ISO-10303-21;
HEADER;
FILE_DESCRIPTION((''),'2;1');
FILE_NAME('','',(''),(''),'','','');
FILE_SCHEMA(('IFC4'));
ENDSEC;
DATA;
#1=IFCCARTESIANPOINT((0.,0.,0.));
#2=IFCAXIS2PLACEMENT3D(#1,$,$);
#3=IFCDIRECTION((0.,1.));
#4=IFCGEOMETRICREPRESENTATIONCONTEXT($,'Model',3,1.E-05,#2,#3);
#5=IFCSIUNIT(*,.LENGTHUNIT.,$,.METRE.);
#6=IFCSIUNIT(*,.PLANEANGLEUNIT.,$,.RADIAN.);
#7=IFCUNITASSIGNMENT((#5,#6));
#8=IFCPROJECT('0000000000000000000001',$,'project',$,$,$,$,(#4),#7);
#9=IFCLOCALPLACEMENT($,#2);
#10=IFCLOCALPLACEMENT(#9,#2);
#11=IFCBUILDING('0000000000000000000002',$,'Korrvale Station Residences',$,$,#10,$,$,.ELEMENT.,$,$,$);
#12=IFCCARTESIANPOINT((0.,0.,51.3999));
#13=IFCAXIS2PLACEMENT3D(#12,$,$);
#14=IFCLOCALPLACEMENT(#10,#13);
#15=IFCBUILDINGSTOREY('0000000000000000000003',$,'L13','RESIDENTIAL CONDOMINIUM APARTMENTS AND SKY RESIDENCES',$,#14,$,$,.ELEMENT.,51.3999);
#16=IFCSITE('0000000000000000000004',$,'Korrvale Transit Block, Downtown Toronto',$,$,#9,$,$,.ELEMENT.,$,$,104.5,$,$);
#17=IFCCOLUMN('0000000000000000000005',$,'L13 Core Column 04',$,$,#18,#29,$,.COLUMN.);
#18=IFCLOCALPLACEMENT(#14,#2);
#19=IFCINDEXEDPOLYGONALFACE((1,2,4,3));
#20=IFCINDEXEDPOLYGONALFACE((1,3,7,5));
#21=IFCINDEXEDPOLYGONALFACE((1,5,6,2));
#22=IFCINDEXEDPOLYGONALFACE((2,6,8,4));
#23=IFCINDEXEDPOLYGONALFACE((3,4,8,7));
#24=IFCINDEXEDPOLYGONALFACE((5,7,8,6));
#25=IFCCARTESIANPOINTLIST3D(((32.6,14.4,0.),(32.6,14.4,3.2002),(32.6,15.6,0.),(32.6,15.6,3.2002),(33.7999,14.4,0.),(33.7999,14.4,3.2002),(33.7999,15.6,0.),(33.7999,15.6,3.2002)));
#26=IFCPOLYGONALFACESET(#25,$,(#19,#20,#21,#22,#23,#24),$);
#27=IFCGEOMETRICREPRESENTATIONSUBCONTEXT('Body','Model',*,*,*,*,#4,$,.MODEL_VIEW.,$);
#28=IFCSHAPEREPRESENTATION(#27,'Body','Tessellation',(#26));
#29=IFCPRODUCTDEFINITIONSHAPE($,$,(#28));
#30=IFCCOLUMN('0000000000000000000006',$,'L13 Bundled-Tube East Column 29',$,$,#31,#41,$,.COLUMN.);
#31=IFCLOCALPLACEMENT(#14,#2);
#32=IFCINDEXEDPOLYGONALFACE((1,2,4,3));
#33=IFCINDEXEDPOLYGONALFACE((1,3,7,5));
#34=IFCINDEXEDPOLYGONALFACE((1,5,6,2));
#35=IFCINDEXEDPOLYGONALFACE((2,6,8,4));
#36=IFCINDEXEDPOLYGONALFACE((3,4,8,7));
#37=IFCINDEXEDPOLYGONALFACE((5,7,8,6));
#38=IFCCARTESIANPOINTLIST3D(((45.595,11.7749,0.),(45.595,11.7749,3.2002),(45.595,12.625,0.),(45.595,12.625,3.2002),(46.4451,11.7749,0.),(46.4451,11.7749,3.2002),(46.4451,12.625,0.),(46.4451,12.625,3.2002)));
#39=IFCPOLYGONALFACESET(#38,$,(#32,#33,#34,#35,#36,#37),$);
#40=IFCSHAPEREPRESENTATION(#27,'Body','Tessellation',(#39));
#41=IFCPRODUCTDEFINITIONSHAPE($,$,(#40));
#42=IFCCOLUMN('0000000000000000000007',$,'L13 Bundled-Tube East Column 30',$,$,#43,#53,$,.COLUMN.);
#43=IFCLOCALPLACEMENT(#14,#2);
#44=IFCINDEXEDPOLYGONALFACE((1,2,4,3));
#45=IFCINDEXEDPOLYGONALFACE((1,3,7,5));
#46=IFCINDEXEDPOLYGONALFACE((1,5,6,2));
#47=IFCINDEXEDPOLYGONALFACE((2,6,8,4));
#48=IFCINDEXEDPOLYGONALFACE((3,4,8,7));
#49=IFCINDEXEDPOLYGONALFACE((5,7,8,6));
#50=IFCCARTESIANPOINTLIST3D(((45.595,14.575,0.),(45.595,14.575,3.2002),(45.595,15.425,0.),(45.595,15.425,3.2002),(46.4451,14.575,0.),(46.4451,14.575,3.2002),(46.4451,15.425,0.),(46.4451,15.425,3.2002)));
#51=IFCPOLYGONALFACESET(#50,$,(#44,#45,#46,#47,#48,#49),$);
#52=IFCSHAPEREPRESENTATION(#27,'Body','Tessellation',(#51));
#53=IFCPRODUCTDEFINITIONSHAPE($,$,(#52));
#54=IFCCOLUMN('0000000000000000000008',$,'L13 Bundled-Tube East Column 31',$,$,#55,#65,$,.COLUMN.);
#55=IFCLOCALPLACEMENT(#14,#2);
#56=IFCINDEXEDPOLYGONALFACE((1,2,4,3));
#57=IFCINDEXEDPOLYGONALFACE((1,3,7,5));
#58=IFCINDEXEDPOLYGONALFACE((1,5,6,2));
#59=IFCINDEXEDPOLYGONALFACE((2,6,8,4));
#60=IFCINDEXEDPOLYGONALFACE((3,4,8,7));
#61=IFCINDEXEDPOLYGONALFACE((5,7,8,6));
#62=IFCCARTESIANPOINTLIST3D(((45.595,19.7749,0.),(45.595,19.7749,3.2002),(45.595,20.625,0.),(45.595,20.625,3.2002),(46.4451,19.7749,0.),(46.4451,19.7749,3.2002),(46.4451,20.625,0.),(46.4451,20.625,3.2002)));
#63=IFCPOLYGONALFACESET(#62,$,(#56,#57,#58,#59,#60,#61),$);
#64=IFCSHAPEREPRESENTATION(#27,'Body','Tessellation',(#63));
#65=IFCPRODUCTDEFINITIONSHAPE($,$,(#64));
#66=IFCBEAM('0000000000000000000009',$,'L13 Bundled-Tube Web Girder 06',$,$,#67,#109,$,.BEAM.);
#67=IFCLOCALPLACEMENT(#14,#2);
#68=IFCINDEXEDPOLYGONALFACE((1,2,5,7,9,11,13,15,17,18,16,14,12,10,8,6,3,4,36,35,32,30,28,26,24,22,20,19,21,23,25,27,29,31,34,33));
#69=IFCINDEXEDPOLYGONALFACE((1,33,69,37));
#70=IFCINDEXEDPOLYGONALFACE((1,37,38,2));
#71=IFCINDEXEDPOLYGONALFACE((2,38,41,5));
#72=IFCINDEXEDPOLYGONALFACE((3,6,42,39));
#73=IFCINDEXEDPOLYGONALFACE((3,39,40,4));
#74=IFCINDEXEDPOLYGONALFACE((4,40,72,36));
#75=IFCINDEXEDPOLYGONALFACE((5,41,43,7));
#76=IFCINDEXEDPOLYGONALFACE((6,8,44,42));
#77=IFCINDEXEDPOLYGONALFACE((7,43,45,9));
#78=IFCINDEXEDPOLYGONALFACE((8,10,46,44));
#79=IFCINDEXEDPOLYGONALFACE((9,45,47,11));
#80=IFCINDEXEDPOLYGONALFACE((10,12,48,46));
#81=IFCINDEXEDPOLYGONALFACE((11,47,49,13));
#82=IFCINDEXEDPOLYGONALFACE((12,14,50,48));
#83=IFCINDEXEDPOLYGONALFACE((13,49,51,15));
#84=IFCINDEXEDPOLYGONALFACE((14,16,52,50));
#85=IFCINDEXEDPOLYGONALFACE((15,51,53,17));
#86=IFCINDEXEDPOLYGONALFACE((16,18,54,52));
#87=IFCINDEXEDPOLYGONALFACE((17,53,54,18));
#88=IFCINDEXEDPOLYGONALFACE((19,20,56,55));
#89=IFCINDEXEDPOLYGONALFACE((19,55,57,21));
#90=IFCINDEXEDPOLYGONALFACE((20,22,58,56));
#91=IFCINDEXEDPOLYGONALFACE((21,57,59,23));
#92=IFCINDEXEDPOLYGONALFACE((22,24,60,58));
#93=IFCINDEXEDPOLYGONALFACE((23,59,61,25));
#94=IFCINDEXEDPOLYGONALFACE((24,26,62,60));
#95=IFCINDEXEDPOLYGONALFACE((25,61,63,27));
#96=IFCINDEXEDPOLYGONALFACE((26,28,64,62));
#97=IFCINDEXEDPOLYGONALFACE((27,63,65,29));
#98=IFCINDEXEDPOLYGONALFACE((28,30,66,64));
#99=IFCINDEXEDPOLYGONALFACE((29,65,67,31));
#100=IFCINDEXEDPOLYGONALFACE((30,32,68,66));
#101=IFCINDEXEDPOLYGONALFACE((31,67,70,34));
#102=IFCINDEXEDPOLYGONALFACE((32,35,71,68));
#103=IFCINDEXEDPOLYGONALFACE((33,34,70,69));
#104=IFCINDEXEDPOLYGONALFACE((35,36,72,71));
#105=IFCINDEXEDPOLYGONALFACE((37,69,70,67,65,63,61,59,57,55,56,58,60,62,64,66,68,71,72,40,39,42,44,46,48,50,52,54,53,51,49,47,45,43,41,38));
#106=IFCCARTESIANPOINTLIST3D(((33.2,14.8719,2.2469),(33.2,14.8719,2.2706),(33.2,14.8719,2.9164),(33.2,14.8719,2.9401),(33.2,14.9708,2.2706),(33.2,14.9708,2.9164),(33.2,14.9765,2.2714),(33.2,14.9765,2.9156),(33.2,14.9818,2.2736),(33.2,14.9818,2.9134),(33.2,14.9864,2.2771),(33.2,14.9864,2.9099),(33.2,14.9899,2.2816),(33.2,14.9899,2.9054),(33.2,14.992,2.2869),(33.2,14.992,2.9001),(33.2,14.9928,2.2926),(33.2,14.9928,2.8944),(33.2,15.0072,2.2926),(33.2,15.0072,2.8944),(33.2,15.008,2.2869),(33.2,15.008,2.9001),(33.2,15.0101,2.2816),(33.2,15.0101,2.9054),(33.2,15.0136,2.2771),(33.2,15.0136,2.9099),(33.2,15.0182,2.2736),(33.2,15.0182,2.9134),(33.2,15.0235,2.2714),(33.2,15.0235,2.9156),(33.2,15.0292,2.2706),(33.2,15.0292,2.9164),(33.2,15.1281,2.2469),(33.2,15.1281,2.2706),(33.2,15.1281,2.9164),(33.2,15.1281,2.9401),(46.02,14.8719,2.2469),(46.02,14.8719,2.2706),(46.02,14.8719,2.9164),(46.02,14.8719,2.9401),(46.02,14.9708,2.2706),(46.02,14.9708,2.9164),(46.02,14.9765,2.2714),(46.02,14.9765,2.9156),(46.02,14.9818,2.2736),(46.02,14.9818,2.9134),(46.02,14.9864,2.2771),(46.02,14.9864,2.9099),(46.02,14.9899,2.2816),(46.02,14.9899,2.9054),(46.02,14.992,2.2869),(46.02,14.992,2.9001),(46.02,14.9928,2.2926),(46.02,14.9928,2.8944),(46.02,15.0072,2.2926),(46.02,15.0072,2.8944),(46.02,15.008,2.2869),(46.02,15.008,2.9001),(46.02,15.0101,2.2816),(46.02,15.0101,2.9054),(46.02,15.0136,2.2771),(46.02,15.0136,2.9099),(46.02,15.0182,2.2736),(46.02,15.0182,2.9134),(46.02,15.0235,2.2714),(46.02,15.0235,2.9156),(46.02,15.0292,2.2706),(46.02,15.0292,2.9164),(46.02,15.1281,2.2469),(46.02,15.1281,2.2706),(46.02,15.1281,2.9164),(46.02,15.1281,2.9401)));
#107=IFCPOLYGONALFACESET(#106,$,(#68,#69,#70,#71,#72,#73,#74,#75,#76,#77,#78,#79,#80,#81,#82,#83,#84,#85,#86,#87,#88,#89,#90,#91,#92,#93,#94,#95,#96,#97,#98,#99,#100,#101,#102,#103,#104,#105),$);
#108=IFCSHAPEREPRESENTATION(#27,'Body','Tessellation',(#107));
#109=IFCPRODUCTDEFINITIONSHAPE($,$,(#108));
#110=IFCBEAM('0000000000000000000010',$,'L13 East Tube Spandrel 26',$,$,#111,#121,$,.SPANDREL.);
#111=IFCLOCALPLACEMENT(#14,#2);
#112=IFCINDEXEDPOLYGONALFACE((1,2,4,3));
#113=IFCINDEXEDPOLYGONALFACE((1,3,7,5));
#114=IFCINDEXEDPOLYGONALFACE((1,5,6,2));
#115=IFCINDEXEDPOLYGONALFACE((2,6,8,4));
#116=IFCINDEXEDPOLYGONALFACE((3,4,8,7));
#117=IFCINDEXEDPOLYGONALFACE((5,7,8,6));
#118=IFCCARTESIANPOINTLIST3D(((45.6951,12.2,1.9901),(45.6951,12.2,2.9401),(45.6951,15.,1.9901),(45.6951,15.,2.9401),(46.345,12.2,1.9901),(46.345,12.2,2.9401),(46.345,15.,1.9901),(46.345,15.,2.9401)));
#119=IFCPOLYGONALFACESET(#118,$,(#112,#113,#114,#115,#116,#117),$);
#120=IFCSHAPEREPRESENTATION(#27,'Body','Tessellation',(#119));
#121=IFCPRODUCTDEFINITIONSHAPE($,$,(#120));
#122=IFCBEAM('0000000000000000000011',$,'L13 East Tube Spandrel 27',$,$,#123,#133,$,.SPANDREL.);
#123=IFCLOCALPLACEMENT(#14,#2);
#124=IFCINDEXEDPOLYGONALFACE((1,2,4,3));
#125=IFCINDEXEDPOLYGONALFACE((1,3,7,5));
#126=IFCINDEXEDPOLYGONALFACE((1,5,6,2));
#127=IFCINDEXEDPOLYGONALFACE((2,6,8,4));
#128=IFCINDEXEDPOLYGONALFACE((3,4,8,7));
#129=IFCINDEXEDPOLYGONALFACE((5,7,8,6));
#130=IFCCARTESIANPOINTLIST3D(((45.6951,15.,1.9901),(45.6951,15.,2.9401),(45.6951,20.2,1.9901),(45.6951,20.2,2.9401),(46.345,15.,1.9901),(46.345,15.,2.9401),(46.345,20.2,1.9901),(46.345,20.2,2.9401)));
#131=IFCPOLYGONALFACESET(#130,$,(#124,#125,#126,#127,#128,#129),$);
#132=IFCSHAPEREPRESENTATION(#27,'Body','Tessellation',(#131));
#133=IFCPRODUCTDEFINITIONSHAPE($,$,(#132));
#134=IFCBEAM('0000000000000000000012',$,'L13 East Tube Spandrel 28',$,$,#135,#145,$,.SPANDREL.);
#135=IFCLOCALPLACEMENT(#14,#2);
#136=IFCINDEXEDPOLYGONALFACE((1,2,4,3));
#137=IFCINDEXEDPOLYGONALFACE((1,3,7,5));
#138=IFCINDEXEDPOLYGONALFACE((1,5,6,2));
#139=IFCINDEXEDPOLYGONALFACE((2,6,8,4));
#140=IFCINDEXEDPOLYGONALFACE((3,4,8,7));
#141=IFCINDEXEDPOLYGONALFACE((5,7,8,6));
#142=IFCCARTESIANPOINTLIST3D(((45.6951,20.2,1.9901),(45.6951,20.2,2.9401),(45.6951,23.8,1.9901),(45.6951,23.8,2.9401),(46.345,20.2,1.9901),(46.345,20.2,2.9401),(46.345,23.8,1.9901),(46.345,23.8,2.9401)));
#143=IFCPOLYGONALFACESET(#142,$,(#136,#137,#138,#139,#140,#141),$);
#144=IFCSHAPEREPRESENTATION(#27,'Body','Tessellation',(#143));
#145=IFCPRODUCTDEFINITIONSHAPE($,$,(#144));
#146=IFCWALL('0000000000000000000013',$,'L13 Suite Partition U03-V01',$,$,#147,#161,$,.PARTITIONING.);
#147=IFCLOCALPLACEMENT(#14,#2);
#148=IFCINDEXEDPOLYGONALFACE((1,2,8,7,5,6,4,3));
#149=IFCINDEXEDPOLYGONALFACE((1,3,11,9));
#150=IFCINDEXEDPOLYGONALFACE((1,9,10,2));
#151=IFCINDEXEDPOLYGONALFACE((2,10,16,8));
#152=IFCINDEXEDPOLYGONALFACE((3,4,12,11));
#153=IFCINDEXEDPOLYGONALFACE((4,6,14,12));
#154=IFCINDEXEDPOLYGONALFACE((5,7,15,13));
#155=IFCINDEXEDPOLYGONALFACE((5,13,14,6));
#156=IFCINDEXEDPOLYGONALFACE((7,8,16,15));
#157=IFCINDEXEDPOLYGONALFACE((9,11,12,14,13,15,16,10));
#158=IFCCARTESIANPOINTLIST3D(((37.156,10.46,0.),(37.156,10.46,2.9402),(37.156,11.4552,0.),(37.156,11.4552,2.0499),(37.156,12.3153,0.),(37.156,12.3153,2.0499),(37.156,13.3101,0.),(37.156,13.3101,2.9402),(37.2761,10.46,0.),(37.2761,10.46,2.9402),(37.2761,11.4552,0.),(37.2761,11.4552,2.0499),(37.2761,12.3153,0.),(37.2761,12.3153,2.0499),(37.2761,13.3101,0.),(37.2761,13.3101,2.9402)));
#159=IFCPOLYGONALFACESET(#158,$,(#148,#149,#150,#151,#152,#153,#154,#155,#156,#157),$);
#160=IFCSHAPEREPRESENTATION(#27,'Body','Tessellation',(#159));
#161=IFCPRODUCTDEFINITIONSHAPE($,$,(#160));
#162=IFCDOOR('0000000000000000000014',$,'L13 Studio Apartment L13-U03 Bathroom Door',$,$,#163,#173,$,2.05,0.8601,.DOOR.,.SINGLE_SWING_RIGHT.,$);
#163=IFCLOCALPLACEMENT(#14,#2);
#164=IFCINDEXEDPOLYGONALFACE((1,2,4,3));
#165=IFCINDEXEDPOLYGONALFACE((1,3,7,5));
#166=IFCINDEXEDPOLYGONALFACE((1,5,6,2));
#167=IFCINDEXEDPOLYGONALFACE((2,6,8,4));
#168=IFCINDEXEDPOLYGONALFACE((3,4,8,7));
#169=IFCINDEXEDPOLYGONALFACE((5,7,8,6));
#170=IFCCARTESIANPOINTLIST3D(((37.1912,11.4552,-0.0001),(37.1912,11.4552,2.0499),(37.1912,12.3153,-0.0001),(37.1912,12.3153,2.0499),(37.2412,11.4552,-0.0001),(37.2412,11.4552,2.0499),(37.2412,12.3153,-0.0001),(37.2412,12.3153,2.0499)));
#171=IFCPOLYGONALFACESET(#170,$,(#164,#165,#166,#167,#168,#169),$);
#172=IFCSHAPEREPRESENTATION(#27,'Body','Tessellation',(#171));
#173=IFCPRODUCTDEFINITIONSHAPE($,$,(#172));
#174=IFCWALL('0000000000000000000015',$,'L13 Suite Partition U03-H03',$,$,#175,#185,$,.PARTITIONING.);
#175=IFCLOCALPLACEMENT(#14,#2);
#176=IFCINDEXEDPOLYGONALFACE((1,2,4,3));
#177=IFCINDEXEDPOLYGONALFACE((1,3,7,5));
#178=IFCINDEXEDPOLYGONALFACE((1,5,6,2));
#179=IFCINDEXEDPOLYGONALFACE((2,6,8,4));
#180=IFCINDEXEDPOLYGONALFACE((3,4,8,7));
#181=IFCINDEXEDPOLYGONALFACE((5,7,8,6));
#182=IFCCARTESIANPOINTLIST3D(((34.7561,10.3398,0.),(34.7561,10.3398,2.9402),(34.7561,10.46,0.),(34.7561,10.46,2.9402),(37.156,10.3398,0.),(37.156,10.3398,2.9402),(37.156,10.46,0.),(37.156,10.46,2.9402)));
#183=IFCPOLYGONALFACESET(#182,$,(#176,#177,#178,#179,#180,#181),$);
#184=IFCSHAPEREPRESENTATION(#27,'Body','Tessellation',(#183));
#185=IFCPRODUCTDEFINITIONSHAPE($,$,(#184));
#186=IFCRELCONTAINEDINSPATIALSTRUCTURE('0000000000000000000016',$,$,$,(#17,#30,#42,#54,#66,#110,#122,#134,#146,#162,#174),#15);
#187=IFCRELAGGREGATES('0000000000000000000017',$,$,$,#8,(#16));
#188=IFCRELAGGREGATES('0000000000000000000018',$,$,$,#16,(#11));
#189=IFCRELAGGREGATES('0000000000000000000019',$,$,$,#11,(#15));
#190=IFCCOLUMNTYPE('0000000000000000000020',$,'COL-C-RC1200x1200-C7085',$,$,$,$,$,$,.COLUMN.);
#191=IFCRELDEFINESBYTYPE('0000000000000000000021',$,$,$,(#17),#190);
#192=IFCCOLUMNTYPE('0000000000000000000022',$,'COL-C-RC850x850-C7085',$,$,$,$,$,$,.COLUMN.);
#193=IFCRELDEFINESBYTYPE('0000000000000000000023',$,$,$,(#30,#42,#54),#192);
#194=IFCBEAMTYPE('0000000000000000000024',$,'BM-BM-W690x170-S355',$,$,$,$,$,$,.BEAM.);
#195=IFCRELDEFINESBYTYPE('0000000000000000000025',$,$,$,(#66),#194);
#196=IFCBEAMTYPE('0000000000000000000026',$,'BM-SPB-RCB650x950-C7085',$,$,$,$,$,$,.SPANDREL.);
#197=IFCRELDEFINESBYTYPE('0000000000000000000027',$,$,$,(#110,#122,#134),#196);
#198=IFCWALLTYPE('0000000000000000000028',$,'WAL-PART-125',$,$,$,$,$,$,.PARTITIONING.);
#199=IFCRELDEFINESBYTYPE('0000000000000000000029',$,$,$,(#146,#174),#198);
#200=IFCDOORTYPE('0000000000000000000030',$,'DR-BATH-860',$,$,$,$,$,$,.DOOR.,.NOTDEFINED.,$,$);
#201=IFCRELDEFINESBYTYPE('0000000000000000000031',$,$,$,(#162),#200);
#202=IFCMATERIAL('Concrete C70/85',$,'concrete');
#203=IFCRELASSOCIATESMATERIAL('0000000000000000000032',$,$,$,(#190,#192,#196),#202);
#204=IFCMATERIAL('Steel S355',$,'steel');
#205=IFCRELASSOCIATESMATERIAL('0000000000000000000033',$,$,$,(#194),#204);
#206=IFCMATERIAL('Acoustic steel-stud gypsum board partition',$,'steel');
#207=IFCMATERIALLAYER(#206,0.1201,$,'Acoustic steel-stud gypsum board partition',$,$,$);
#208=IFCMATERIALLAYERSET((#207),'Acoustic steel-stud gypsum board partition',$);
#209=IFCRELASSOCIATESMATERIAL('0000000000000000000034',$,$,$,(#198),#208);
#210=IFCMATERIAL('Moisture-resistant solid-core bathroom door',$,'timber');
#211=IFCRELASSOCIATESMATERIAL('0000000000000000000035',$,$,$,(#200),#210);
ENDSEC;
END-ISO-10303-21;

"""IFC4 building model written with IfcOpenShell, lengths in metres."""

from ifc_helpers import new_model, si_unit, direction, frame, frame_2d, origin, origin_2d, place, context, subcontext, project, spatial, rectangle, i_section, extrude, material, layer, layer_set, material_profile, profile_set, type_object, element, fill, save


model = new_model("IFC4")

# Units and contexts
model_context = context("Model", 3, precision=1e-05, world=origin(), true_north=direction((0.0, 1.0)))
body_context = subcontext(model_context, "Body", "Model", "MODEL_VIEW")
ifc_project = project(units=[si_unit("LENGTHUNIT", "METRE"), si_unit("PLANEANGLEUNIT", "RADIAN")], contexts=[model_context])

# Site, building, storey
site_placement = place(None, origin())
site = spatial("IfcSite", under=ifc_project, at=site_placement, Name="Korrvale Transit Block, Downtown Toronto", CompositionType="ELEMENT", RefElevation=104.5)
building_placement = place(site_placement, origin())
building = spatial("IfcBuilding", under=site, at=building_placement, Name="Korrvale Station Residences", CompositionType="ELEMENT")
storey_placement = place(building_placement, frame((0.0, 0.0, 51.3999)))
storey = spatial("IfcBuildingStorey", under=building, at=storey_placement, Name="L13", Description="RESIDENTIAL CONDOMINIUM APARTMENTS AND SKY RESIDENCES", CompositionType="ELEMENT", Elevation=51.3999)

# Columns
ifc_material_1 = material(Name="Concrete C70/85", Category="concrete")
ifc_material_profile_1 = material_profile(ifc_material_1, rectangle(XDim=1.2, YDim=1.2, at=origin_2d()), Name="RC1200x1200")
ifc_profile_set_1 = profile_set([ifc_material_profile_1], Name="Concrete C70/85")
column_type_1 = type_object("IfcColumnType", Name="COL-C-RC1200x1200-C7085", PredefinedType="COLUMN", material=ifc_profile_set_1)
column_placement = place(storey_placement, frame((33.2, 15.0, 0.0), z_axis=(0.0, 0.0, 1.0), x_axis=(1.0, 0.0, 0.0)))
element("IfcColumn", 1, at=column_placement, inside=storey, type_object=column_type_1, Name="L13 Core Column 04", PredefinedType="COLUMN", context=body_context, shape_type="SweptSolid", body=[
    extrude(rectangle(XDim=1.2, YDim=1.2, at=origin_2d()), origin(), (0.0, 0.0, 1.0), 3.2002),
])
ifc_material_profile_2 = material_profile(ifc_material_1, rectangle(XDim=0.8501, YDim=0.8501, at=origin_2d()), Name="RC850x850")
ifc_profile_set_2 = profile_set([ifc_material_profile_2], Name="Concrete C70/85")
column_type_2 = type_object("IfcColumnType", Name="COL-C-RC850x850-C7085", PredefinedType="COLUMN", material=ifc_profile_set_2)
for number, where, z_axis, x_axis, name in (
    (2, (46.02, 12.2, 0.0), (0.0, 0.0, 1.0), (1.0, 0.0, 0.0), "L13 Bundled-Tube East Column 29"),
    (3, (46.02, 15.0, 0.0), (0.0, 0.0, 1.0), (1.0, 0.0, 0.0), "L13 Bundled-Tube East Column 30"),
    (4, (46.02, 20.2, 0.0), (0.0, 0.0, 1.0), (1.0, 0.0, 0.0), "L13 Bundled-Tube East Column 31"),
):
    element("IfcColumn", number, at=place(storey_placement, frame(where, z_axis=z_axis, x_axis=x_axis)), inside=storey, type_object=column_type_2, Name=name, PredefinedType="COLUMN", context=body_context, shape_type="SweptSolid", body=[
        extrude(rectangle(XDim=0.8501, YDim=0.8501, at=origin_2d()), origin(), (0.0, 0.0, 1.0), 3.2002),
    ])

# Beams
ifc_material_2 = material(Name="Steel S355", Category="steel")
ifc_material_profile_3 = material_profile(ifc_material_2, i_section(OverallWidth=0.2561, OverallDepth=0.6931, WebThickness=0.0144, FlangeThickness=0.0237, FilletRadius=0.022, at=origin_2d()), Name="W690x170")
ifc_profile_set_3 = profile_set([ifc_material_profile_3], Name="Steel S355")
beam_type_1 = type_object("IfcBeamType", Name="BM-BM-W690x170-S355", PredefinedType="BEAM", material=ifc_profile_set_3)
beam_1_placement = place(storey_placement, frame((33.2, 15.0, 2.5935), z_axis=(1.0, 0.0, 0.0), x_axis=(0.0, 1.0, 0.0)))
element("IfcBeam", 5, at=beam_1_placement, inside=storey, type_object=beam_type_1, Name="L13 Bundled-Tube Web Girder 06", PredefinedType="BEAM", context=body_context, shape_type="SweptSolid", body=[
    extrude(i_section(OverallWidth=0.2561, OverallDepth=0.6931, WebThickness=0.0144, FlangeThickness=0.0237, FilletRadius=0.022, at=origin_2d()), origin(), (0.0, 0.0, 1.0), 12.8201),
])
ifc_material_profile_4 = material_profile(ifc_material_1, rectangle(XDim=0.6499, YDim=0.95, at=origin_2d()), Name="RCB650x950")
ifc_profile_set_4 = profile_set([ifc_material_profile_4], Name="Concrete C70/85")
beam_type_2 = type_object("IfcBeamType", Name="BM-SPB-RCB650x950-C7085", PredefinedType="SPANDREL", material=ifc_profile_set_4)
beam_2_placement = place(storey_placement, frame((46.02, 12.2, 2.4651), z_axis=(0.0, 1.0, 0.0), x_axis=(-1.0, 0.0, 0.0)))
element("IfcBeam", 6, at=beam_2_placement, inside=storey, type_object=beam_type_2, Name="L13 East Tube Spandrel 26", PredefinedType="SPANDREL", context=body_context, shape_type="SweptSolid", body=[
    extrude(rectangle(XDim=0.6499, YDim=0.95, at=origin_2d()), origin(), (0.0, 0.0, 1.0), 2.8),
])
beam_3_placement = place(storey_placement, frame((46.02, 15.0, 2.4651), z_axis=(0.0, 1.0, 0.0), x_axis=(-1.0, 0.0, 0.0)))
element("IfcBeam", 7, at=beam_3_placement, inside=storey, type_object=beam_type_2, Name="L13 East Tube Spandrel 27", PredefinedType="SPANDREL", context=body_context, shape_type="SweptSolid", body=[
    extrude(rectangle(XDim=0.6499, YDim=0.95, at=origin_2d()), origin(), (0.0, 0.0, 1.0), 5.2),
])
beam_4_placement = place(storey_placement, frame((46.02, 20.2, 2.4651), z_axis=(0.0, 1.0, 0.0), x_axis=(-1.0, 0.0, 0.0)))
element("IfcBeam", 8, at=beam_4_placement, inside=storey, type_object=beam_type_2, Name="L13 East Tube Spandrel 28", PredefinedType="SPANDREL", context=body_context, shape_type="SweptSolid", body=[
    extrude(rectangle(XDim=0.6499, YDim=0.95, at=origin_2d()), origin(), (0.0, 0.0, 1.0), 3.6001),
])

# Wall, opening, door
ifc_material_3 = material(Name="Acoustic steel-stud gypsum board partition", Category="steel")
ifc_layer_1 = layer(ifc_material_3, 0.1201, Name="Acoustic steel-stud gypsum board partition")
ifc_layer_set_1 = layer_set([ifc_layer_1], Name="Acoustic steel-stud gypsum board partition")
wall_type_1 = type_object("IfcWallType", Name="WAL-PART-125", PredefinedType="PARTITIONING", material=ifc_layer_set_1)
wall_1_placement = place(storey_placement, frame((37.2161, 10.46, 0.0), z_axis=(0.0, 0.0, 1.0), x_axis=(0.0, 1.0, 0.0)))
wall_1 = element("IfcWall", 9, at=wall_1_placement, inside=storey, type_object=wall_type_1, Name="L13 Suite Partition U03-V01", PredefinedType="PARTITIONING", context=body_context, shape_type="SweptSolid", body=[
    extrude(rectangle(XDim=2.8501, YDim=0.1201, at=frame_2d((1.425, 0.0))), origin(), (0.0, 0.0, 1.0), 2.9402),
])
opening_1_placement = place(wall_1_placement, frame((0.9951, 0.0, 0.0)))
opening_1 = element("IfcOpeningElement", 10, at=opening_1_placement, cuts=wall_1, PredefinedType="OPENING", context=body_context, shape_type="SweptSolid", body=[
    extrude(rectangle(XDim=0.8601, YDim=2.05, at=frame_2d((0.4302, 1.0249))), frame((0.0, 0.0701, 0.0), z_axis=(0.0, -1.0, 0.0), x_axis=(1.0, 0.0, 0.0)), (0.0, 0.0, 1.0), 0.1401),
])
ifc_material_4 = material(Name="Moisture-resistant solid-core bathroom door", Category="timber")
door_type_1 = type_object("IfcDoorType", Name="DR-BATH-860", OperationType="NOTDEFINED", PredefinedType="DOOR", material=ifc_material_4)
door_1_placement = place(opening_1_placement, origin())
door_1 = element("IfcDoor", 11, at=door_1_placement, inside=storey, type_object=door_type_1, Name="L13 Studio Apartment L13-U03 Bathroom Door", OperationType="SINGLE_SWING_RIGHT", OverallHeight=2.05, OverallWidth=0.8601, PredefinedType="DOOR", context=body_context, shape_type="SweptSolid", body=[
    extrude(rectangle(XDim=0.8601, YDim=2.05, at=frame_2d((0.4302, 1.0249))), frame((0.0, 0.0249, 0.0), z_axis=(0.0, -1.0, 0.0), x_axis=(1.0, 0.0, 0.0)), (0.0, 0.0, 1.0), 0.05),
])
fill(opening_1, door_1)

# Wall
wall_2_placement = place(storey_placement, frame((34.7561, 10.3999, 0.0), z_axis=(0.0, 0.0, 1.0), x_axis=(1.0, 0.0, 0.0)))
element("IfcWall", 12, at=wall_2_placement, inside=storey, type_object=wall_type_1, Name="L13 Suite Partition U03-H03", PredefinedType="PARTITIONING", context=body_context, shape_type="SweptSolid", body=[
    extrude(rectangle(XDim=2.3999, YDim=0.1201, at=frame_2d((1.2, 0.0))), origin(), (0.0, 0.0, 1.0), 2.9402),
])

save(model, "model.ifc")
